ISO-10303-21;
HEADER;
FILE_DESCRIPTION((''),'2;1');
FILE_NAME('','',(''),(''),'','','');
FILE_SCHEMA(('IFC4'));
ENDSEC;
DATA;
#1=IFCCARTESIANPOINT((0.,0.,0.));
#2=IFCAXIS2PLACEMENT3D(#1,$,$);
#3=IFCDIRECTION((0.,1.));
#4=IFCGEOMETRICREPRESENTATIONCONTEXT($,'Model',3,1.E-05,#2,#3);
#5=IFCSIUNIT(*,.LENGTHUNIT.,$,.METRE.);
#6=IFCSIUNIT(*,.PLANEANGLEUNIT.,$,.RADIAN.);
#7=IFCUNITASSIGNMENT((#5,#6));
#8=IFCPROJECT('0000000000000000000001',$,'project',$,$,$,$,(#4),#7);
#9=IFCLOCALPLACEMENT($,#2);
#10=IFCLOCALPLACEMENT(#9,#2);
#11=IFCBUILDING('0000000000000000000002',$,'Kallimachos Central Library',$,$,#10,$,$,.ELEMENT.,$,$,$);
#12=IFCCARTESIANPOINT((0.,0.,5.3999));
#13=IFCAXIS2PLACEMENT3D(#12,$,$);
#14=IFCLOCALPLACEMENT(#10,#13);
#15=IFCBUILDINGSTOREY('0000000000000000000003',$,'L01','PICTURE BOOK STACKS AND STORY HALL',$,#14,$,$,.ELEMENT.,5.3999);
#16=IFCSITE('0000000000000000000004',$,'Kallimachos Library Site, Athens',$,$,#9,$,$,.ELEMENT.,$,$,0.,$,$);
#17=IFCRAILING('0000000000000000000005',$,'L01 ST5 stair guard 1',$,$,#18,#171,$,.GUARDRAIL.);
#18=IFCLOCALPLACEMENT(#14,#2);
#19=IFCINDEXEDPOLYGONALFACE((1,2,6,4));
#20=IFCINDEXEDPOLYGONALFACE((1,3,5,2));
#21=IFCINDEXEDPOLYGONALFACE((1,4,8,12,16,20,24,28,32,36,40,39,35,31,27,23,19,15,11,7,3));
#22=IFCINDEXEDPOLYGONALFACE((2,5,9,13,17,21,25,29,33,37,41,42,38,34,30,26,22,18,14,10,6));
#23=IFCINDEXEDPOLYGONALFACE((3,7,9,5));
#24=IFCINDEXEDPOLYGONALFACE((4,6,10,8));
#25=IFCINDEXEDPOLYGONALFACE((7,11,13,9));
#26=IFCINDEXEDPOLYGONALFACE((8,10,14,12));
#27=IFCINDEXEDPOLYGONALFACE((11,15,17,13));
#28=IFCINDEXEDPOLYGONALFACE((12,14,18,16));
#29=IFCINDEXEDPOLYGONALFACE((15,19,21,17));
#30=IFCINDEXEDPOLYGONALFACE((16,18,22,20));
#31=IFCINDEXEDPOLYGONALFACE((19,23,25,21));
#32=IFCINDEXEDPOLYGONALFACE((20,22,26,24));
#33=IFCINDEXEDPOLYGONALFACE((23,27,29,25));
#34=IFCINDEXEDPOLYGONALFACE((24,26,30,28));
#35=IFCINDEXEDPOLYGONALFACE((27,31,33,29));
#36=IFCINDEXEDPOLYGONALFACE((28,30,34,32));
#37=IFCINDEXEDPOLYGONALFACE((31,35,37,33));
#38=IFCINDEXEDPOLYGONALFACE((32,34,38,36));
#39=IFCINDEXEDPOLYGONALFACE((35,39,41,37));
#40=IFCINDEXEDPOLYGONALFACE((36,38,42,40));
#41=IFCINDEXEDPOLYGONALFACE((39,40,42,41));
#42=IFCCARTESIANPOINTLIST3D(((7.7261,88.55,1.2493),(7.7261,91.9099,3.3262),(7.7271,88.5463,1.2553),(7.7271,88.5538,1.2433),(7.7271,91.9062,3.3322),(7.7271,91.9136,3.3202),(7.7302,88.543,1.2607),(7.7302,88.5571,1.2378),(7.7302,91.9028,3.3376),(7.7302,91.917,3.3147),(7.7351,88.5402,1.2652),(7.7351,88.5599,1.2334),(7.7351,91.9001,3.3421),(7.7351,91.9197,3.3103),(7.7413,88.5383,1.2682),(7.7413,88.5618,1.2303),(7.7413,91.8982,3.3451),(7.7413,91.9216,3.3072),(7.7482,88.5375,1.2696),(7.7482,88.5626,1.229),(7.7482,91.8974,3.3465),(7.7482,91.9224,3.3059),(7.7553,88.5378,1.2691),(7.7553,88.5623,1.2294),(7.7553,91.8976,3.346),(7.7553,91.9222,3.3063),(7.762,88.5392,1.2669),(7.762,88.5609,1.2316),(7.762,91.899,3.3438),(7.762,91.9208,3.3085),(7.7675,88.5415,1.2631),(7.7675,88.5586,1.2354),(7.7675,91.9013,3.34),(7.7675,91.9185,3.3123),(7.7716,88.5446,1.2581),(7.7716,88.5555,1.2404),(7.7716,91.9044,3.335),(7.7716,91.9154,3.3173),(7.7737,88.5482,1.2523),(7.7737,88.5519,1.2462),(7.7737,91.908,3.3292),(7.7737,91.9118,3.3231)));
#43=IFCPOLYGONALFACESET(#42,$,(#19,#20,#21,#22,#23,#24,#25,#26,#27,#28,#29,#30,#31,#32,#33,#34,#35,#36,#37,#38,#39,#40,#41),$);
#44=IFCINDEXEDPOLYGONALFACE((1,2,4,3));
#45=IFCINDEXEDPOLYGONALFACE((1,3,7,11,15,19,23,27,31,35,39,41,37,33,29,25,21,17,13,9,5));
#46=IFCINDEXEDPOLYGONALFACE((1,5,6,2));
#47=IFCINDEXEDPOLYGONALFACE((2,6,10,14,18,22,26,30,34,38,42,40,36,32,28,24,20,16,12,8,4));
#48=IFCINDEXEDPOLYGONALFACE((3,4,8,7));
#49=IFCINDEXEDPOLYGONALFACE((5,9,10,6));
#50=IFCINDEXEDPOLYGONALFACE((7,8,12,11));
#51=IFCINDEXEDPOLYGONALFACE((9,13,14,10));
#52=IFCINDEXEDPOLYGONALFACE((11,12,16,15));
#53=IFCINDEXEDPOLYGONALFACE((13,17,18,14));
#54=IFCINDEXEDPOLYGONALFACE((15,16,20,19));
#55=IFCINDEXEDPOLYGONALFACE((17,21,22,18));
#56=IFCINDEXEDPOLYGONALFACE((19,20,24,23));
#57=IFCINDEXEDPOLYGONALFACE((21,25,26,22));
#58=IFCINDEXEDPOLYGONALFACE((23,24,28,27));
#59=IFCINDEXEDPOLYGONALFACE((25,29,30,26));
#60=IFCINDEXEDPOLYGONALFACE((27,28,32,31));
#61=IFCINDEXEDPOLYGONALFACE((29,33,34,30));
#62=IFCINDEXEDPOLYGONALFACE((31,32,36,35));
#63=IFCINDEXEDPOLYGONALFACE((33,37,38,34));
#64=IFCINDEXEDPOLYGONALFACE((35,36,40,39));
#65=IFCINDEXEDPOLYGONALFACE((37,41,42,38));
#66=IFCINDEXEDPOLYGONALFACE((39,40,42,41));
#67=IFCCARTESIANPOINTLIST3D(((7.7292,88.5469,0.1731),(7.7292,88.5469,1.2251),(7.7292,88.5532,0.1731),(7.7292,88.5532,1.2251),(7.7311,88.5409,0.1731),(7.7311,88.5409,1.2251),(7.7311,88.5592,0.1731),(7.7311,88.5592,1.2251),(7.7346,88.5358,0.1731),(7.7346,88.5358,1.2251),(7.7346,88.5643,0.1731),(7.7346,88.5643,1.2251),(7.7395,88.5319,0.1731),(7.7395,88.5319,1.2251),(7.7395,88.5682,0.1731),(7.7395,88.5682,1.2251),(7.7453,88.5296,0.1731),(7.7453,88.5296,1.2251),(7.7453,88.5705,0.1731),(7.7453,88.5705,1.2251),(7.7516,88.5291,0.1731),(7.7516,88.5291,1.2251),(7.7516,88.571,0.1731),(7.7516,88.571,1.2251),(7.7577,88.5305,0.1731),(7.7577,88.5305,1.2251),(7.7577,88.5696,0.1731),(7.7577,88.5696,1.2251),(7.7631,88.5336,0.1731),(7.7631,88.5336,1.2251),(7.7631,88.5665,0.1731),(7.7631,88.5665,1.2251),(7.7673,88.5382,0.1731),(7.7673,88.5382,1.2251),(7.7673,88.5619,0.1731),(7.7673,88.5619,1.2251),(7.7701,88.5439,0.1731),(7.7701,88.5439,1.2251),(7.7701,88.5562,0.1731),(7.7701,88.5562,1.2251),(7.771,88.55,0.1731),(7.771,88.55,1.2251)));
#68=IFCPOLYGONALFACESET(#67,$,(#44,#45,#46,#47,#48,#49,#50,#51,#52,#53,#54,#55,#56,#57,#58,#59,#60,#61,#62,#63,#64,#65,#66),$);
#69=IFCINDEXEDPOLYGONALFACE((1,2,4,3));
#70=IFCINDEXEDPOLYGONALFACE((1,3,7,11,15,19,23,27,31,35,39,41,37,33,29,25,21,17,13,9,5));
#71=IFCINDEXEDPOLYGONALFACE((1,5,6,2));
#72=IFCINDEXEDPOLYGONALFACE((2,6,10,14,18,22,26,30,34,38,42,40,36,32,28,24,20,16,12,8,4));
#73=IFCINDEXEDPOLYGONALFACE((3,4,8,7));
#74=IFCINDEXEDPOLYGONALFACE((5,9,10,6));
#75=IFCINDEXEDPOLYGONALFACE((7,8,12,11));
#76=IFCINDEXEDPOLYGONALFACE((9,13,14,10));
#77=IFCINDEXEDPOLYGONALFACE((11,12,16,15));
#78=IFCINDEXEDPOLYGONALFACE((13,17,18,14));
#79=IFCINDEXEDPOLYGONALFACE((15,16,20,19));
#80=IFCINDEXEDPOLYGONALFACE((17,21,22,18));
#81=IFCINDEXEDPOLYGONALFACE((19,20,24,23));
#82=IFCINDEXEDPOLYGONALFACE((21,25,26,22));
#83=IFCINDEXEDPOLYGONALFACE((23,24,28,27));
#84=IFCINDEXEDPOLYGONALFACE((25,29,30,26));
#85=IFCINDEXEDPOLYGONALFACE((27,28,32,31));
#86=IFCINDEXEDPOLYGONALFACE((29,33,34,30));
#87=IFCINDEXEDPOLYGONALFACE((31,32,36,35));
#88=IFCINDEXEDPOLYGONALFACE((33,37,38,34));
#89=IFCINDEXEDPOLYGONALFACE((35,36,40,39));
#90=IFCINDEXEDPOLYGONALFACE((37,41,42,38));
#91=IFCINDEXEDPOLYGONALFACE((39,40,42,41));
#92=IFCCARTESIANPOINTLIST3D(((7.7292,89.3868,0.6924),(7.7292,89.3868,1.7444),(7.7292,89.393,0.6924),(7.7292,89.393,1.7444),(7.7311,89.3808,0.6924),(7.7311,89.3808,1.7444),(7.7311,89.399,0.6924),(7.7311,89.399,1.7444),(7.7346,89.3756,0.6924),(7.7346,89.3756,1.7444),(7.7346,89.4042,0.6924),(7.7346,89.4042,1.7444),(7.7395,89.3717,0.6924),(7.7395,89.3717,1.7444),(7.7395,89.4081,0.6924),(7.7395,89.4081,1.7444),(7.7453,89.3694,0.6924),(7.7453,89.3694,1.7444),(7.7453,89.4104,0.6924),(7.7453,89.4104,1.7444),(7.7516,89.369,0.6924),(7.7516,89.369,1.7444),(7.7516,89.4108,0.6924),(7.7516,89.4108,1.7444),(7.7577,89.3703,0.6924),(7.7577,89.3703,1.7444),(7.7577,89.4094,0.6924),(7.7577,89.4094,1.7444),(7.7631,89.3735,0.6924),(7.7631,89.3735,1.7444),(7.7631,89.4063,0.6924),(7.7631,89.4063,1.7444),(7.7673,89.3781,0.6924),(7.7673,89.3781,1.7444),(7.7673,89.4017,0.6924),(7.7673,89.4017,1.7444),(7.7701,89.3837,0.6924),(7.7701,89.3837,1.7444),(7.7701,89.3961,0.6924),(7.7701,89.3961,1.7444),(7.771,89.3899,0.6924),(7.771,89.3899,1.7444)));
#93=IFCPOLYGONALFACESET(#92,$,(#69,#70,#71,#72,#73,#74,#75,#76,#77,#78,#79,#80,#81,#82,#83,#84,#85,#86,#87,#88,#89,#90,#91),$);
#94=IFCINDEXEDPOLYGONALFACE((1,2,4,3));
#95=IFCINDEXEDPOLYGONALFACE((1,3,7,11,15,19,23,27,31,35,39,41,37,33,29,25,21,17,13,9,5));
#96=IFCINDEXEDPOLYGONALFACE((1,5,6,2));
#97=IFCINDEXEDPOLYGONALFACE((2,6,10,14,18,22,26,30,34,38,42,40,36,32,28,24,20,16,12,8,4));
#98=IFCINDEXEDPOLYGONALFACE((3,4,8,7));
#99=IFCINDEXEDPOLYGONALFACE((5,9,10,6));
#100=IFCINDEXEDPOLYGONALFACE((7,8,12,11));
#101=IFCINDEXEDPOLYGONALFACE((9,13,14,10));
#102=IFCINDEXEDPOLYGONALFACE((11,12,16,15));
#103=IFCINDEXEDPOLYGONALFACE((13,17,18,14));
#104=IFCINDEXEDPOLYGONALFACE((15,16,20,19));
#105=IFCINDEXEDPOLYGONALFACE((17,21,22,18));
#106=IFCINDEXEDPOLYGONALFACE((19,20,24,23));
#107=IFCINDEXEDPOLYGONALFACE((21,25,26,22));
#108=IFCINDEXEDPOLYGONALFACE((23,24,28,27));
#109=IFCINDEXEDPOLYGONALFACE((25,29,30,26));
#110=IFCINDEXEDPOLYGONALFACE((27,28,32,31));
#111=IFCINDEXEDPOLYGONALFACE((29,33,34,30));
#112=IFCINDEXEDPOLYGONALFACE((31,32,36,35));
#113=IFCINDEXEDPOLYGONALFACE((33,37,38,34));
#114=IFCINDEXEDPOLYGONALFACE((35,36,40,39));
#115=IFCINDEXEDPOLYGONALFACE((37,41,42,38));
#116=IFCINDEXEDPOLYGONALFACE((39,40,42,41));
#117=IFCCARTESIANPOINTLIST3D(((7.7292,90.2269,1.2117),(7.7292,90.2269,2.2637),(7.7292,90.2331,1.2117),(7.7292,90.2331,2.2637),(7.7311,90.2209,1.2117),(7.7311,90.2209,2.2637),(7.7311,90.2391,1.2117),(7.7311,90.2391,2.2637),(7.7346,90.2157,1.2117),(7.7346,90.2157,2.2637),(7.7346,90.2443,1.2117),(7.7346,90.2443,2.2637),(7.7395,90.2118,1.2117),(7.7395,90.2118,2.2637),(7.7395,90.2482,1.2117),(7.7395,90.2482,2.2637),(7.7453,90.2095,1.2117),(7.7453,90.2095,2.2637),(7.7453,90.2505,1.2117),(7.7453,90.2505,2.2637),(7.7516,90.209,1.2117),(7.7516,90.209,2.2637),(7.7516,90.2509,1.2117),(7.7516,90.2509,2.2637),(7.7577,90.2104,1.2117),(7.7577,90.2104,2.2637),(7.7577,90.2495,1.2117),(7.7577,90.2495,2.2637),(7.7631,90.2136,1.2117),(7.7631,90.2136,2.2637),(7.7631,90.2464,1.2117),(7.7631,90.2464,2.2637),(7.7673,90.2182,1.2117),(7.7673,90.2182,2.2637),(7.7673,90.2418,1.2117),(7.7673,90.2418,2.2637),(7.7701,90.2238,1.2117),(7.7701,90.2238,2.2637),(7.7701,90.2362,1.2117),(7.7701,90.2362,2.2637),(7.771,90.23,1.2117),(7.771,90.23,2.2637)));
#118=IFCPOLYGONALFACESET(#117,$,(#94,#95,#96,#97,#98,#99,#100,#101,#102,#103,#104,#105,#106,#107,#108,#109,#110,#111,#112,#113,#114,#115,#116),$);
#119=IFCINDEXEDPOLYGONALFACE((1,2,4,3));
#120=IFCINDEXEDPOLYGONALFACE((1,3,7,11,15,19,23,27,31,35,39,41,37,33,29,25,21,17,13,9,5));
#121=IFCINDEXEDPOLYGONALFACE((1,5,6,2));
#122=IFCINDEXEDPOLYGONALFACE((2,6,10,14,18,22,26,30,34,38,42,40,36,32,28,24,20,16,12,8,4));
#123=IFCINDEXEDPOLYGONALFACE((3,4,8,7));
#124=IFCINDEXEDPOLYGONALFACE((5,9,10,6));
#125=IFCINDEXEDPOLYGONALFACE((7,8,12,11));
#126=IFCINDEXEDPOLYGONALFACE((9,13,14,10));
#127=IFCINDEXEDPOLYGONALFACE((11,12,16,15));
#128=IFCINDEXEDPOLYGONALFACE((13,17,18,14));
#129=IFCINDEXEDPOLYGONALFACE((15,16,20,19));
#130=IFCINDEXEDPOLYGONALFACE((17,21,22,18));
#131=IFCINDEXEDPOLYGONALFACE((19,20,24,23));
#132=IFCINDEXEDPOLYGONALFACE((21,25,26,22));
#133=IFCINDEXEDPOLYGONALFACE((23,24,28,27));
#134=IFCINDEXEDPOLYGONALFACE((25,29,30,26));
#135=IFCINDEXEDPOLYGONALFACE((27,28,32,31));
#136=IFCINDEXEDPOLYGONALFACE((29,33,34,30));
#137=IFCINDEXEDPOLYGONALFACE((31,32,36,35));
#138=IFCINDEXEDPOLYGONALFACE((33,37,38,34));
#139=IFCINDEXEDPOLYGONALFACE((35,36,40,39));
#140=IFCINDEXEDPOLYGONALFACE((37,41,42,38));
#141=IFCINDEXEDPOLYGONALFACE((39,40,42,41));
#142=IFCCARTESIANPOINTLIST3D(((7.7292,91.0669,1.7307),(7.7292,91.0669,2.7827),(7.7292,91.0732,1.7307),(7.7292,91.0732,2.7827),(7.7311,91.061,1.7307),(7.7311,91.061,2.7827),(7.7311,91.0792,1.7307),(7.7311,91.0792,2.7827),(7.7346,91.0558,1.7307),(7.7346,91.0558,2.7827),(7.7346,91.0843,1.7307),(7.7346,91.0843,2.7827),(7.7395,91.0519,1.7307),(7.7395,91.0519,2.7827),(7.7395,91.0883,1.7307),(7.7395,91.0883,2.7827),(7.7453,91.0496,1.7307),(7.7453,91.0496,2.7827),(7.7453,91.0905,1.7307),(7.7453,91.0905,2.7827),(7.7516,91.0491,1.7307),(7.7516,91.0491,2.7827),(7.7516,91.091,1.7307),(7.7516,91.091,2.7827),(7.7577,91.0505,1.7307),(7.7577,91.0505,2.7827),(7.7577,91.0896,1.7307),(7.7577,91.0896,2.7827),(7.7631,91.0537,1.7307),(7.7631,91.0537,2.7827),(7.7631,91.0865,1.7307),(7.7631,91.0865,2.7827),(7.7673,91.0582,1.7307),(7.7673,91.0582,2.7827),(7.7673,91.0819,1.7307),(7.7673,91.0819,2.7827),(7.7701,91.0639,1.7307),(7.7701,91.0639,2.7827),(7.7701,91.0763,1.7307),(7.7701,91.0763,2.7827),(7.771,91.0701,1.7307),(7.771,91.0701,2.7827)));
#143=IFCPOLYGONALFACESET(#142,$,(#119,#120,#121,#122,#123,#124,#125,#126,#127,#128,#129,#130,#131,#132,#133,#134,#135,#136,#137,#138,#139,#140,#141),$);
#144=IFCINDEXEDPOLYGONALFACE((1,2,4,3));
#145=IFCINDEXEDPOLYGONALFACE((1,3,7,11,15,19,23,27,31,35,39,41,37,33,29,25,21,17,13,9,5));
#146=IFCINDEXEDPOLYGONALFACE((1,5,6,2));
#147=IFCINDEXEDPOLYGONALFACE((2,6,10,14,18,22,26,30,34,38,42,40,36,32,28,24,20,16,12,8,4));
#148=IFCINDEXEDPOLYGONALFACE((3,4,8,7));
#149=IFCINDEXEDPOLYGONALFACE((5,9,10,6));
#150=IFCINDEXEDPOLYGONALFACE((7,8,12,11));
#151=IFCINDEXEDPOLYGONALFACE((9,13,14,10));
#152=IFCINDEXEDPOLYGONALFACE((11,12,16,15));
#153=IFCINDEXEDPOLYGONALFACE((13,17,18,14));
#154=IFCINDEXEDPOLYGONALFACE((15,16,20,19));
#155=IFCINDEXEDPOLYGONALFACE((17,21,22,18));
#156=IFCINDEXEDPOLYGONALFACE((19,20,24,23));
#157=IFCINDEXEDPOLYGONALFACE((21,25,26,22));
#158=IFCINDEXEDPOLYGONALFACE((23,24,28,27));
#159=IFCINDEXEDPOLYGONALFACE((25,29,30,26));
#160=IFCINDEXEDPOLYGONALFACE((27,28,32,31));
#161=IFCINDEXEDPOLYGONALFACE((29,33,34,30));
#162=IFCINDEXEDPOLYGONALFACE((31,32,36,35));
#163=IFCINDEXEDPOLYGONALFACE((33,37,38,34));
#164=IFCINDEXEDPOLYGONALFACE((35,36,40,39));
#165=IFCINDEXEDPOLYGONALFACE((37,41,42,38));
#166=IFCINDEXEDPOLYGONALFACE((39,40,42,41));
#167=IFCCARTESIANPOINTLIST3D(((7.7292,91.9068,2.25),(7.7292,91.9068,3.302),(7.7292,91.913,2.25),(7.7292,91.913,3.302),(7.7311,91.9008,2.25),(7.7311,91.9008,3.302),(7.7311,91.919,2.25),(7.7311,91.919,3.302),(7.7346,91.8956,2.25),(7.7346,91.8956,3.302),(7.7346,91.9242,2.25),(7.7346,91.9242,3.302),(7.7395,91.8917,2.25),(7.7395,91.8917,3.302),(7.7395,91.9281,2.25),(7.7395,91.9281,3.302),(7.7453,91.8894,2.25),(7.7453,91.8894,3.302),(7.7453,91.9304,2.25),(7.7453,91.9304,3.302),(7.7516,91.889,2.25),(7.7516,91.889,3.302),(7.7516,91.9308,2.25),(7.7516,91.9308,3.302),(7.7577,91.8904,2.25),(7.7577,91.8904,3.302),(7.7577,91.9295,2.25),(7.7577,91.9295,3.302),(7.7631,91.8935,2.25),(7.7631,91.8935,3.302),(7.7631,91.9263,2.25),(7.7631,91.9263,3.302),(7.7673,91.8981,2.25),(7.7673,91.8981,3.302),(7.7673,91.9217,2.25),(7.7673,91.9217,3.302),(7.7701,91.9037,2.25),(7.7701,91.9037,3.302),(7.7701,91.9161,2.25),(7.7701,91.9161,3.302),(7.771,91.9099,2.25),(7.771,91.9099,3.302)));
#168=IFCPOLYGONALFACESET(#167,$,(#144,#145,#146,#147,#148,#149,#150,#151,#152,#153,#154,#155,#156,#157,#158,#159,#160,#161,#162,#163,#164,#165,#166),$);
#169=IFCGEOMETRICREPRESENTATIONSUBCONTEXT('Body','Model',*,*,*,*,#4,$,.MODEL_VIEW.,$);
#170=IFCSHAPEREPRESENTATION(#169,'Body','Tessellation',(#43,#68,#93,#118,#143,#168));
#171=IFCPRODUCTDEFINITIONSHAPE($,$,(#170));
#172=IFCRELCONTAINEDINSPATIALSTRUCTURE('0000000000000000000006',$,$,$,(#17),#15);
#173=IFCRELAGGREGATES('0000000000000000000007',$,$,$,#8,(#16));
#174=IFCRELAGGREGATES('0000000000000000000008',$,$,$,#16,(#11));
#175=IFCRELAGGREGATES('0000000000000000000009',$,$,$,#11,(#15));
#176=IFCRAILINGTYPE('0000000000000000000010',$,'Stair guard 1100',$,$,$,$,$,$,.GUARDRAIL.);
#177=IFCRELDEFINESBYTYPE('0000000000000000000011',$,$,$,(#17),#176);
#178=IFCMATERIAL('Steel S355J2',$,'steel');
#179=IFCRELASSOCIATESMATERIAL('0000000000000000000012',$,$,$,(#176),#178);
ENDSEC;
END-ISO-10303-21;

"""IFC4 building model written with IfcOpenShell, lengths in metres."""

from ifc_helpers import new_model, si_unit, direction, frame, origin, origin_2d, place, context, subcontext, project, spatial, circle, extrude, material, type_object, element, save


model = new_model("IFC4")

# Units and contexts
model_context = context("Model", 3, precision=1e-05, world=origin(), true_north=direction((0.0, 1.0)))
body_context = subcontext(model_context, "Body", "Model", "MODEL_VIEW")
ifc_project = project(units=[si_unit("LENGTHUNIT", "METRE"), si_unit("PLANEANGLEUNIT", "RADIAN")], contexts=[model_context])

# Site, building, storey
site_placement = place(None, origin())
site = spatial("IfcSite", under=ifc_project, at=site_placement, Name="Kallimachos Library Site, Athens", CompositionType="ELEMENT", RefElevation=0.0)
building_placement = place(site_placement, origin())
building = spatial("IfcBuilding", under=site, at=building_placement, Name="Kallimachos Central Library", CompositionType="ELEMENT")
storey_placement = place(building_placement, frame((0.0, 0.0, 5.3999)))
storey = spatial("IfcBuildingStorey", under=building, at=storey_placement, Name="L01", Description="PICTURE BOOK STACKS AND STORY HALL", CompositionType="ELEMENT", Elevation=5.3999)

# Railing
ifc_material_1 = material(Name="Steel S355J2", Category="steel")
railing_type_1 = type_object("IfcRailingType", Name="Stair guard 1100", PredefinedType="GUARDRAIL", material=ifc_material_1)
railing_1_placement = place(storey_placement, frame((7.75, 88.55, 0.1731)))
element("IfcRailing", 1, at=railing_1_placement, inside=storey, type_object=railing_type_1, Name="L01 ST5 stair guard 1", PredefinedType="GUARDRAIL", context=body_context, shape_type="SweptSolid", body=[
    extrude(circle(Radius=0.0239, at=origin_2d()), frame((0.0, 0.0, 1.0762), z_axis=(0.0, 0.850606, 0.525803), x_axis=(-1.0, 0.0, 0.0)), (0.0, 0.0, 1.0), 3.95),
    extrude(circle(Radius=0.021, at=origin_2d()), origin(), (0.0, 0.0, 1.0), 1.052),
    extrude(circle(Radius=0.021, at=origin_2d()), frame((0.0, 0.8398, 0.5193)), (0.0, 0.0, 1.0), 1.052),
    extrude(circle(Radius=0.021, at=origin_2d()), frame((0.0, 1.6799, 1.0386)), (0.0, 0.0, 1.0), 1.052),
    extrude(circle(Radius=0.021, at=origin_2d()), frame((0.0, 2.52, 1.5576)), (0.0, 0.0, 1.0), 1.052),
    extrude(circle(Radius=0.021, at=origin_2d()), frame((0.0, 3.3599, 2.0769)), (0.0, 0.0, 1.0), 1.052),
])

save(model, "model.ifc")
